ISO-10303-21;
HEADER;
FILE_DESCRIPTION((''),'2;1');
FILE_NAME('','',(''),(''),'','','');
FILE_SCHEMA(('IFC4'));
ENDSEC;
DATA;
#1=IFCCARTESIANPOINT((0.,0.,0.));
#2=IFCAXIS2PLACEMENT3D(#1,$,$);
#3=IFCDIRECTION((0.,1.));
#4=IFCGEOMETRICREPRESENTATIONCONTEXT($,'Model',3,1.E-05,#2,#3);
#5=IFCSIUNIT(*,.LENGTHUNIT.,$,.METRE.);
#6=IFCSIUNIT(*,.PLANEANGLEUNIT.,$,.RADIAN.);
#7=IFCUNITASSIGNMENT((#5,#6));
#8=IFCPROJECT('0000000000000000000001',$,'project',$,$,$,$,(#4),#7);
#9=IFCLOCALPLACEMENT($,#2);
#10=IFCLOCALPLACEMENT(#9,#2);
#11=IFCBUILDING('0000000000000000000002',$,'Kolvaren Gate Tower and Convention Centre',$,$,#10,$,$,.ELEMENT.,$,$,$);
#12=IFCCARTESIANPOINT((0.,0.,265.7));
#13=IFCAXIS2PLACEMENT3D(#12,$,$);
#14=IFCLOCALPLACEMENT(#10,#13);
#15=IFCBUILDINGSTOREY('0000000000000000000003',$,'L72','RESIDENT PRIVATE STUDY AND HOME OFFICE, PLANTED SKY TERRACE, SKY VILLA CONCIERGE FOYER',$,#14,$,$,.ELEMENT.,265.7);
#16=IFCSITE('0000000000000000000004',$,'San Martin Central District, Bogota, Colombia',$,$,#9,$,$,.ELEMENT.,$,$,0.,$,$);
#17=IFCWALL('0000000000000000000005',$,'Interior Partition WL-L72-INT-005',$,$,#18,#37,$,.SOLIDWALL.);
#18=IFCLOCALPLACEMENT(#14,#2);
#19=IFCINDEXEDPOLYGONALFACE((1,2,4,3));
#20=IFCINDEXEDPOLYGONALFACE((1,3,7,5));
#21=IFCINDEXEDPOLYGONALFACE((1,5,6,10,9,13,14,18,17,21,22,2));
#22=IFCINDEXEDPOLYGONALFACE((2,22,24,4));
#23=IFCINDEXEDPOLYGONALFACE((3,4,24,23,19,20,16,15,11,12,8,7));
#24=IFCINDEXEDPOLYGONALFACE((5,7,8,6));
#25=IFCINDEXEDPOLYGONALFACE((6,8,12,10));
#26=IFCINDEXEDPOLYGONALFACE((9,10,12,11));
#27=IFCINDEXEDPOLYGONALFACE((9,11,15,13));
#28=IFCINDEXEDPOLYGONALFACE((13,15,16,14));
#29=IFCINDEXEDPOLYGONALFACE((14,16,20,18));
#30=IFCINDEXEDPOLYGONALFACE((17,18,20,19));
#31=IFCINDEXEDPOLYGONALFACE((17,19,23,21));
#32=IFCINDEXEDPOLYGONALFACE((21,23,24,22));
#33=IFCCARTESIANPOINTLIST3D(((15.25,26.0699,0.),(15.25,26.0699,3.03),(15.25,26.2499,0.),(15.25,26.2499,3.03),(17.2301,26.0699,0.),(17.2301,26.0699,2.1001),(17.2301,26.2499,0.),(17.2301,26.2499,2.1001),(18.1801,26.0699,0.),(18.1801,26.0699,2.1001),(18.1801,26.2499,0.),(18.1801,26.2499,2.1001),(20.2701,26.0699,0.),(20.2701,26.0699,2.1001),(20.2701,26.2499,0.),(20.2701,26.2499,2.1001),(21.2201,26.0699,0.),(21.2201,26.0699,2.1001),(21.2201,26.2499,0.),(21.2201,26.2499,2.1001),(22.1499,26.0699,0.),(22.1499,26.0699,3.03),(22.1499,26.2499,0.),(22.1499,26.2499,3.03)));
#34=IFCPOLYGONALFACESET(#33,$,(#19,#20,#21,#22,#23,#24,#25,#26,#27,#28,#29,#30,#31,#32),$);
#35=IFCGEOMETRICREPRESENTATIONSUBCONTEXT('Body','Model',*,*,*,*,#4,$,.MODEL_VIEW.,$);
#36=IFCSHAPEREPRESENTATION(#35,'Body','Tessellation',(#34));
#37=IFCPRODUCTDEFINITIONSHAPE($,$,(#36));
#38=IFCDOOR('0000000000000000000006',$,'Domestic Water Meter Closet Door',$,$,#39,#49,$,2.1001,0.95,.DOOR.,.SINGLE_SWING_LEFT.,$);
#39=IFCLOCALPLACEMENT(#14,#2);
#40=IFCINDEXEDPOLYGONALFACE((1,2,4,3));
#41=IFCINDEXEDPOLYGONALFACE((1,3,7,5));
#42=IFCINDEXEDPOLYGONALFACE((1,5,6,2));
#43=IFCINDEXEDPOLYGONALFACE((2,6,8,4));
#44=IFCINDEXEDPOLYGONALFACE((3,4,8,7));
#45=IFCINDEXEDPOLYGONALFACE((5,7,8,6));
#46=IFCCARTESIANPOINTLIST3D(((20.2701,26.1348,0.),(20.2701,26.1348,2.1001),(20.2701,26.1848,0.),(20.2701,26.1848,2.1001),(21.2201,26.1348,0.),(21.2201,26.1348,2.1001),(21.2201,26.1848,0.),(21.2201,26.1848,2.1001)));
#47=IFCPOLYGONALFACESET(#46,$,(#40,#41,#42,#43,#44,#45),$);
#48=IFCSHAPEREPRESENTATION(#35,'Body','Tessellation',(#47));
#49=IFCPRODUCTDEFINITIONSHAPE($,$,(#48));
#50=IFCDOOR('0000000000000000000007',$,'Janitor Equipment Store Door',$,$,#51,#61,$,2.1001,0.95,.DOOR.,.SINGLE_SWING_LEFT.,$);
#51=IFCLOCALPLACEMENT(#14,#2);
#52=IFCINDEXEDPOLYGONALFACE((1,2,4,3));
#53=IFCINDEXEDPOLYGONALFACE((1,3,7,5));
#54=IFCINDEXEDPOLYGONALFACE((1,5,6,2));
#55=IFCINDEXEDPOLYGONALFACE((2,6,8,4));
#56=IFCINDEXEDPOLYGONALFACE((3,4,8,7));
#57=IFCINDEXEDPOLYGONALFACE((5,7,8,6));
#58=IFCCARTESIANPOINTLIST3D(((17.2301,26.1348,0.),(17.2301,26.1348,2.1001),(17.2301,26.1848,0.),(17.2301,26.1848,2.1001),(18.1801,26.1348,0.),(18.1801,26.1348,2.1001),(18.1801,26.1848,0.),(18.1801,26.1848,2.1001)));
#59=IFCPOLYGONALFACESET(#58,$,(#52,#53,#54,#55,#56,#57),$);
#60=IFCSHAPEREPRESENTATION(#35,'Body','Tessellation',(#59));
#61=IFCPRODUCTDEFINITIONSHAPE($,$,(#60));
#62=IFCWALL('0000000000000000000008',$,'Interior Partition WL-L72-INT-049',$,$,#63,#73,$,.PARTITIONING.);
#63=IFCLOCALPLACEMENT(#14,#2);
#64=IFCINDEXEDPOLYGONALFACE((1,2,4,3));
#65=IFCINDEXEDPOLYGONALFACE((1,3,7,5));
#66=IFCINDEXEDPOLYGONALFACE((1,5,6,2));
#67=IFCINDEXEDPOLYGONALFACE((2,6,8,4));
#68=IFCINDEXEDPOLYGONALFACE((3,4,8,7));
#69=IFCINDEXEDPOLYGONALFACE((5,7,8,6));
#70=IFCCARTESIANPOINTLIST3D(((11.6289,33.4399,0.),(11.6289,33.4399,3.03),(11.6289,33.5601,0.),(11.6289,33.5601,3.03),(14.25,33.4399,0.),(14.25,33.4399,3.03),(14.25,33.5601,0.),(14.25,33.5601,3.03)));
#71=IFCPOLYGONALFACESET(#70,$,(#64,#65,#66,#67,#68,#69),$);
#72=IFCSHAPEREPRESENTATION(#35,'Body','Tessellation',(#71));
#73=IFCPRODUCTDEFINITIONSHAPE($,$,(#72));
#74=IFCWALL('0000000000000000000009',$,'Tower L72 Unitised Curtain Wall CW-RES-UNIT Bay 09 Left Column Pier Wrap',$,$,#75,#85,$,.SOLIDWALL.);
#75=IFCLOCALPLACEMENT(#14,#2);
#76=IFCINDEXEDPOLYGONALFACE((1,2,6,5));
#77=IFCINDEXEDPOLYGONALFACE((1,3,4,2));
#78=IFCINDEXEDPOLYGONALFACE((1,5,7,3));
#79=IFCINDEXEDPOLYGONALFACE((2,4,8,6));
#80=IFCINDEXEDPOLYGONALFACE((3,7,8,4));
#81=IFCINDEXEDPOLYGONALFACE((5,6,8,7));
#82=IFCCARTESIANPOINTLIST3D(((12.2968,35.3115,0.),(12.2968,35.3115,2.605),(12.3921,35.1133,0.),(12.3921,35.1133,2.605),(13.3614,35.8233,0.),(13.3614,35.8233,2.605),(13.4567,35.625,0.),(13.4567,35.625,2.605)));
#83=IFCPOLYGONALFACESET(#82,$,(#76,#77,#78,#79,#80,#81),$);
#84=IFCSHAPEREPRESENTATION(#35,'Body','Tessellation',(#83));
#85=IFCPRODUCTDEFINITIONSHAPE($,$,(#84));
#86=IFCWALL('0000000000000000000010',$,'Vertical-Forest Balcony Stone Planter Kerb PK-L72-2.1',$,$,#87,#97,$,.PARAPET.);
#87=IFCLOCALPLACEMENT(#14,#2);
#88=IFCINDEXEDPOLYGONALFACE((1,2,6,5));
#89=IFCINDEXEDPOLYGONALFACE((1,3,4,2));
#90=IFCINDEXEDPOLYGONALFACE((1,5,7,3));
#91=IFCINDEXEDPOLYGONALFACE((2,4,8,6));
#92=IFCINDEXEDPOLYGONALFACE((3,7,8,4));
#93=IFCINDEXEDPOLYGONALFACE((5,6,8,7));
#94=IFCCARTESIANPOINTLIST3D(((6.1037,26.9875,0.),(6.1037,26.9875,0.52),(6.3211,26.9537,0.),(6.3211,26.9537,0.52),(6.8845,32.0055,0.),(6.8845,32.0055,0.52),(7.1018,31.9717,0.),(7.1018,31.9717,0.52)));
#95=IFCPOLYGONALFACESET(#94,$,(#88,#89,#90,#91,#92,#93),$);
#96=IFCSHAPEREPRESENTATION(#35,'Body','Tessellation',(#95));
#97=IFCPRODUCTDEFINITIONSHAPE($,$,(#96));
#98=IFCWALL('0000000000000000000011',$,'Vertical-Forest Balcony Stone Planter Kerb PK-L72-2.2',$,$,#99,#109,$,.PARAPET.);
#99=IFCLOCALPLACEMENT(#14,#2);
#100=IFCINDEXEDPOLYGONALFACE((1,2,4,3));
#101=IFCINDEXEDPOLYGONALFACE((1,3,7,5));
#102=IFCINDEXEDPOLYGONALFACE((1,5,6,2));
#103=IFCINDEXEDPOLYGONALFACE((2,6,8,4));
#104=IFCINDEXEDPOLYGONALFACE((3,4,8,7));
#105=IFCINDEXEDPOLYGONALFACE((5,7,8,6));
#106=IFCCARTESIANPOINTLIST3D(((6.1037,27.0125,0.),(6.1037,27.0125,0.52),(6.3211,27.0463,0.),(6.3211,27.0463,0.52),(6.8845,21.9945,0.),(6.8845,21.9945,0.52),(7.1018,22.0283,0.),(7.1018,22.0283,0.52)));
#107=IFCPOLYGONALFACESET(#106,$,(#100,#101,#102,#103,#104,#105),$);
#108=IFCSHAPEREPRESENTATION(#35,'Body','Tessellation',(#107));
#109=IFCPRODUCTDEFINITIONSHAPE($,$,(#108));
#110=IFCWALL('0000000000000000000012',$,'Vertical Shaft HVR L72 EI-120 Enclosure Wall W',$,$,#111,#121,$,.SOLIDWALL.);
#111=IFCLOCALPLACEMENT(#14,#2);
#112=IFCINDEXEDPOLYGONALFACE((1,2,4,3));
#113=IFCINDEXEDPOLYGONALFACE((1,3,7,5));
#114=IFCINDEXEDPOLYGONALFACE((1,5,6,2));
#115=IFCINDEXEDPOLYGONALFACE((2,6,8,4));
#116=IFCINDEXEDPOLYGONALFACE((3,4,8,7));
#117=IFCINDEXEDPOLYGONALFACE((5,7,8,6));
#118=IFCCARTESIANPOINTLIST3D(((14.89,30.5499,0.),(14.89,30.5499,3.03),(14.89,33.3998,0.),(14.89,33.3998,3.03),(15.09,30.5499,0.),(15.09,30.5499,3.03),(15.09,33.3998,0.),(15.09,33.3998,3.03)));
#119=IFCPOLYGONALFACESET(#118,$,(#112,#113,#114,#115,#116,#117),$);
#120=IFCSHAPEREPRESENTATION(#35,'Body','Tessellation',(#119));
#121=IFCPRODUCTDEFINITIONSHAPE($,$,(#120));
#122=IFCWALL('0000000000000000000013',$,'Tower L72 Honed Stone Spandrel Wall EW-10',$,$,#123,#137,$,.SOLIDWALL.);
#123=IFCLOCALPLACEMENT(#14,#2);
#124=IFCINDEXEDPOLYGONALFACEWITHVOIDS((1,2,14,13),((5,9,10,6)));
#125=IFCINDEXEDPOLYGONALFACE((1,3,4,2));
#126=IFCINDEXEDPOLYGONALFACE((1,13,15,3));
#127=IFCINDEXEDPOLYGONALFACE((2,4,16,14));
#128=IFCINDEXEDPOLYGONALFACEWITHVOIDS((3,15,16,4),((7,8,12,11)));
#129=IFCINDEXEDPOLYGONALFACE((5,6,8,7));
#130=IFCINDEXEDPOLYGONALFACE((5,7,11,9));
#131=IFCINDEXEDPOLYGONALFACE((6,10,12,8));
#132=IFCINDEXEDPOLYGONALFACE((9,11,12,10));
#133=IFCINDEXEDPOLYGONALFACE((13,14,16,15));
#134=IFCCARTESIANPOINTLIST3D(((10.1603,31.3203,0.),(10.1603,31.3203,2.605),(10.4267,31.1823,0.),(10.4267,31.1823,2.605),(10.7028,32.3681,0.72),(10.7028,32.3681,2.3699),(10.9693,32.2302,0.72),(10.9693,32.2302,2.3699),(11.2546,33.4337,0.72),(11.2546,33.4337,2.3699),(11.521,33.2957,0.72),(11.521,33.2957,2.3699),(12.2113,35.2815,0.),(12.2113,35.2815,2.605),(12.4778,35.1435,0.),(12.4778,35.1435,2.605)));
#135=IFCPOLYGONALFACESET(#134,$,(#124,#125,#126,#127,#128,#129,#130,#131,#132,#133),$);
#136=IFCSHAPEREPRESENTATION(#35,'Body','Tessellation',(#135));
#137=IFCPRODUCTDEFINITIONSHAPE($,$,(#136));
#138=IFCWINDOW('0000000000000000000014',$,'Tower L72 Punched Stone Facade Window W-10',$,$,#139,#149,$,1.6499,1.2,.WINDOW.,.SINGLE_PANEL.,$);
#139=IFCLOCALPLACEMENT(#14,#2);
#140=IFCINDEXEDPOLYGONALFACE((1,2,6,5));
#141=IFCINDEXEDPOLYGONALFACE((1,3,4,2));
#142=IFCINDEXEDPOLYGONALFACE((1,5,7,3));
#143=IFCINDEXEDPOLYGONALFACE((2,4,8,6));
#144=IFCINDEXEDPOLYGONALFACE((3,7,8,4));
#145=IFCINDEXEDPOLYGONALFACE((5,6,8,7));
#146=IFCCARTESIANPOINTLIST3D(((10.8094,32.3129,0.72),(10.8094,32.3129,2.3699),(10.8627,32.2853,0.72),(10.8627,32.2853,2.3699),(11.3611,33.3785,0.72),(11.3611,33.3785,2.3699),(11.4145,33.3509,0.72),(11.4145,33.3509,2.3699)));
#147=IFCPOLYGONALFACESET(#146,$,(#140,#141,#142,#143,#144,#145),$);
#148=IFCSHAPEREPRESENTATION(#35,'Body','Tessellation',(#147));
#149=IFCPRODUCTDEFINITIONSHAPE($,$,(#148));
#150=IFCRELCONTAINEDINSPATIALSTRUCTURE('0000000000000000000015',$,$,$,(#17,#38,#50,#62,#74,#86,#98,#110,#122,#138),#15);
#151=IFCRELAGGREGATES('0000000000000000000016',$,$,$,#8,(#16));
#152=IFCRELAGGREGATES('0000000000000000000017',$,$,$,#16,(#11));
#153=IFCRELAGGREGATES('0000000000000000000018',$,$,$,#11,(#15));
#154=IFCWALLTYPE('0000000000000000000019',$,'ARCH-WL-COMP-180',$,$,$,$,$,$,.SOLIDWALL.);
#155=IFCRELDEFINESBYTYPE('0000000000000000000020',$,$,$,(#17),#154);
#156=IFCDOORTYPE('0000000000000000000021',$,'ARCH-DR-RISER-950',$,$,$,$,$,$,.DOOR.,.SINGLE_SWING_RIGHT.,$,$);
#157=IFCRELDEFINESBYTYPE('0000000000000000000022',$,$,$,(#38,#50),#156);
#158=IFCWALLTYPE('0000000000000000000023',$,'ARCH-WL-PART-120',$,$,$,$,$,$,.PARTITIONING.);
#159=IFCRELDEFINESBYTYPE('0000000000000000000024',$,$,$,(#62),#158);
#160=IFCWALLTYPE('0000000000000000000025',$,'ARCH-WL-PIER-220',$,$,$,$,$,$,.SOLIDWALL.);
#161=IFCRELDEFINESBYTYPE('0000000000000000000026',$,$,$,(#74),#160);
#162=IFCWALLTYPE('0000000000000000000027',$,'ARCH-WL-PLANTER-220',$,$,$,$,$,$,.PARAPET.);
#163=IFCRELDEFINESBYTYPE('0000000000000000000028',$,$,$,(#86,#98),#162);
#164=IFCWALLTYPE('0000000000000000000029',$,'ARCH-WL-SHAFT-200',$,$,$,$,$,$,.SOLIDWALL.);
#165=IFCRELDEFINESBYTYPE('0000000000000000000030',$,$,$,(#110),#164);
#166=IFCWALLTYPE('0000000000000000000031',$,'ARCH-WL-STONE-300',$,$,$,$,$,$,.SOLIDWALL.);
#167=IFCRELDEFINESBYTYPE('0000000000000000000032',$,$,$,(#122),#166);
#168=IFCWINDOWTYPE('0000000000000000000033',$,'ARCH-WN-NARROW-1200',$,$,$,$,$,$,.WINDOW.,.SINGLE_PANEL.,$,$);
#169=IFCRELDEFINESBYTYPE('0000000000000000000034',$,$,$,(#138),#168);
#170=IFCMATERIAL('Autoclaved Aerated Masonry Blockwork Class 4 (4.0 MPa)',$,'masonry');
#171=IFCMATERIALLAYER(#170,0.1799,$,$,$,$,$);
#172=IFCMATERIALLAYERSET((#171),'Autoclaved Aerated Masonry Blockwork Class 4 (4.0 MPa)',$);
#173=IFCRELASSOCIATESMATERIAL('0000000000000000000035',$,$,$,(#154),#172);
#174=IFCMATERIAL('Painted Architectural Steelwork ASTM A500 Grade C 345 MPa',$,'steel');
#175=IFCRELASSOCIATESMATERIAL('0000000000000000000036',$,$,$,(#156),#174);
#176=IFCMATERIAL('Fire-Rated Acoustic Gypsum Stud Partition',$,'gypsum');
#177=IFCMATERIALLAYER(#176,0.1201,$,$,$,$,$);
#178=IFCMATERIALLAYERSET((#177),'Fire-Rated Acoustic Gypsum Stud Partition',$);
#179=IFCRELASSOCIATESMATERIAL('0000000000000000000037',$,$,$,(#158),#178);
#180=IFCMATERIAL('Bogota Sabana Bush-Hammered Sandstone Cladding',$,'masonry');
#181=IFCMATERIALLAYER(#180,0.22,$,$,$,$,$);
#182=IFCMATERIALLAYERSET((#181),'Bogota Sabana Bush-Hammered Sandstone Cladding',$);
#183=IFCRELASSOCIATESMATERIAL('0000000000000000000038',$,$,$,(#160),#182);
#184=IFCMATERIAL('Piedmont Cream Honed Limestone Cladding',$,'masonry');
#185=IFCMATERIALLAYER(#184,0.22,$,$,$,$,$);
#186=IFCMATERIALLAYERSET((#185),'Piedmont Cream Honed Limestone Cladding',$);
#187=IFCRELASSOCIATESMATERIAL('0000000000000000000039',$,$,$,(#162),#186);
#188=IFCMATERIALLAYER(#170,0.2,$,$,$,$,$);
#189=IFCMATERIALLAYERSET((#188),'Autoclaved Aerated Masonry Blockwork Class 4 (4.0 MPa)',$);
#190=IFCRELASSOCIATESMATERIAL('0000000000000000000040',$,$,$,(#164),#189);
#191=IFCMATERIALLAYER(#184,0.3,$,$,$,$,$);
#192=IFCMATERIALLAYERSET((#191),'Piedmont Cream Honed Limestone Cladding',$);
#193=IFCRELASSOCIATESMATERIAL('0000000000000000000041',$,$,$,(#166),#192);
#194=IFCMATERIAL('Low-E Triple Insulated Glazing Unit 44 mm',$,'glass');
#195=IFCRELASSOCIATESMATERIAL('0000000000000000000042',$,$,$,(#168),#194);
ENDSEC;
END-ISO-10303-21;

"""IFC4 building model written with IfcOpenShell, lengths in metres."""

from ifc_helpers import new_model, si_unit, direction, frame, frame_2d, origin, place, context, subcontext, project, spatial, rectangle, extrude, material, layer, layer_set, type_object, element, fill, save


model = new_model("IFC4")

# Units and contexts
model_context = context("Model", 3, precision=1e-05, world=origin(), true_north=direction((0.0, 1.0)))
body_context = subcontext(model_context, "Body", "Model", "MODEL_VIEW")
ifc_project = project(units=[si_unit("LENGTHUNIT", "METRE"), si_unit("PLANEANGLEUNIT", "RADIAN")], contexts=[model_context])

# Site, building, storey
site_placement = place(None, origin())
site = spatial("IfcSite", under=ifc_project, at=site_placement, Name="San Martin Central District, Bogota, Colombia", CompositionType="ELEMENT", RefElevation=0.0)
building_placement = place(site_placement, origin())
building = spatial("IfcBuilding", under=site, at=building_placement, Name="Kolvaren Gate Tower and Convention Centre", CompositionType="ELEMENT")
storey_placement = place(building_placement, frame((0.0, 0.0, 265.7)))
storey = spatial("IfcBuildingStorey", under=building, at=storey_placement, Name="L72", Description="RESIDENT PRIVATE STUDY AND HOME OFFICE, PLANTED SKY TERRACE, SKY VILLA CONCIERGE FOYER", CompositionType="ELEMENT", Elevation=265.7)

# Wall, openings, doors
ifc_material_1 = material(Name="Autoclaved Aerated Masonry Blockwork Class 4 (4.0 MPa)", Category="masonry")
ifc_layer_1 = layer(ifc_material_1, 0.1799)
ifc_layer_set_1 = layer_set([ifc_layer_1], Name="Autoclaved Aerated Masonry Blockwork Class 4 (4.0 MPa)")
wall_type_1 = type_object("IfcWallType", Name="ARCH-WL-COMP-180", PredefinedType="SOLIDWALL", material=ifc_layer_set_1)
wall_1_placement = place(storey_placement, frame((15.25, 26.1599, 0.0), z_axis=(0.0, 0.0, 1.0), x_axis=(1.0, 0.0, 0.0)))
wall_1 = element("IfcWall", 1, at=wall_1_placement, inside=storey, type_object=wall_type_1, Name="Interior Partition WL-L72-INT-005", PredefinedType="SOLIDWALL", context=body_context, shape_type="SweptSolid", body=[
    extrude(rectangle(XDim=6.8999, YDim=0.1799, at=frame_2d((3.45, 0.0))), origin(), (0.0, 0.0, 1.0), 3.03),
])
opening_1_placement = place(wall_1_placement, frame((5.02, 0.0, 0.0)))
opening_1 = element("IfcOpeningElement", 2, at=opening_1_placement, cuts=wall_1, PredefinedType="OPENING", context=body_context, shape_type="SweptSolid", body=[
    extrude(rectangle(XDim=0.95, YDim=2.1001, at=frame_2d((0.4751, 1.05))), frame((0.0, 0.0999, 0.0), z_axis=(0.0, -1.0, 0.0), x_axis=(1.0, 0.0, 0.0)), (0.0, 0.0, 1.0), 0.2),
])
opening_2_placement = place(wall_1_placement, frame((1.98, 0.0, 0.0)))
opening_2 = element("IfcOpeningElement", 3, at=opening_2_placement, cuts=wall_1, PredefinedType="OPENING", context=body_context, shape_type="SweptSolid", body=[
    extrude(rectangle(XDim=0.95, YDim=2.1001, at=frame_2d((0.4751, 1.05))), frame((0.0, 0.0999, 0.0), z_axis=(0.0, -1.0, 0.0), x_axis=(1.0, 0.0, 0.0)), (0.0, 0.0, 1.0), 0.2),
])
ifc_material_2 = material(Name="Painted Architectural Steelwork ASTM A500 Grade C 345 MPa", Category="steel")
door_type_1 = type_object("IfcDoorType", Name="ARCH-DR-RISER-950", OperationType="SINGLE_SWING_RIGHT", PredefinedType="DOOR", material=ifc_material_2)
door_1_placement = place(opening_1_placement, origin())
door_1 = element("IfcDoor", 4, at=door_1_placement, inside=storey, type_object=door_type_1, Name="Domestic Water Meter Closet Door", OperationType="SINGLE_SWING_LEFT", OverallHeight=2.1001, OverallWidth=0.95, PredefinedType="DOOR", context=body_context, shape_type="SweptSolid", body=[
    extrude(rectangle(XDim=0.95, YDim=2.1001, at=frame_2d((0.4751, 1.05))), frame((0.0, 0.0249, 0.0), z_axis=(0.0, -1.0, 0.0), x_axis=(1.0, 0.0, 0.0)), (0.0, 0.0, 1.0), 0.05),
])
fill(opening_1, door_1)
door_2_placement = place(opening_2_placement, origin())
door_2 = element("IfcDoor", 5, at=door_2_placement, inside=storey, type_object=door_type_1, Name="Janitor Equipment Store Door", OperationType="SINGLE_SWING_LEFT", OverallHeight=2.1001, OverallWidth=0.95, PredefinedType="DOOR", context=body_context, shape_type="SweptSolid", body=[
    extrude(rectangle(XDim=0.95, YDim=2.1001, at=frame_2d((0.4751, 1.05))), frame((0.0, 0.0249, 0.0), z_axis=(0.0, -1.0, 0.0), x_axis=(1.0, 0.0, 0.0)), (0.0, 0.0, 1.0), 0.05),
])
fill(opening_2, door_2)

# Walls
ifc_material_3 = material(Name="Fire-Rated Acoustic Gypsum Stud Partition", Category="gypsum")
ifc_layer_2 = layer(ifc_material_3, 0.1201)
ifc_layer_set_2 = layer_set([ifc_layer_2], Name="Fire-Rated Acoustic Gypsum Stud Partition")
wall_type_2 = type_object("IfcWallType", Name="ARCH-WL-PART-120", PredefinedType="PARTITIONING", material=ifc_layer_set_2)
wall_2_placement = place(storey_placement, frame((11.6289, 33.5, 0.0), z_axis=(0.0, 0.0, 1.0), x_axis=(1.0, 0.0, 0.0)))
element("IfcWall", 6, at=wall_2_placement, inside=storey, type_object=wall_type_2, Name="Interior Partition WL-L72-INT-049", PredefinedType="PARTITIONING", context=body_context, shape_type="SweptSolid", body=[
    extrude(rectangle(XDim=2.6211, YDim=0.1201, at=frame_2d((1.3105, 0.0))), origin(), (0.0, 0.0, 1.0), 3.03),
])
ifc_material_4 = material(Name="Bogota Sabana Bush-Hammered Sandstone Cladding", Category="masonry")
ifc_layer_3 = layer(ifc_material_4, 0.22)
ifc_layer_set_3 = layer_set([ifc_layer_3], Name="Bogota Sabana Bush-Hammered Sandstone Cladding")
wall_type_3 = type_object("IfcWallType", Name="ARCH-WL-PIER-220", PredefinedType="SOLIDWALL", material=ifc_layer_set_3)
wall_3_placement = place(storey_placement, frame((12.3445, 35.2124, 0.0), z_axis=(0.0, 0.0, 1.0), x_axis=(0.901265, 0.433269, 0.0)))
element("IfcWall", 7, at=wall_3_placement, inside=storey, type_object=wall_type_3, Name="Tower L72 Unitised Curtain Wall CW-RES-UNIT Bay 09 Left Column Pier Wrap", PredefinedType="SOLIDWALL", context=body_context, shape_type="SweptSolid", body=[
    extrude(rectangle(XDim=1.1812, YDim=0.22, at=frame_2d((0.5906, 0.0))), origin(), (0.0, 0.0, 1.0), 2.605),
])
ifc_material_5 = material(Name="Piedmont Cream Honed Limestone Cladding", Category="masonry")
ifc_layer_4 = layer(ifc_material_5, 0.22)
ifc_layer_set_4 = layer_set([ifc_layer_4], Name="Piedmont Cream Honed Limestone Cladding")
wall_type_4 = type_object("IfcWallType", Name="ARCH-WL-PLANTER-220", PredefinedType="PARAPET", material=ifc_layer_set_4)
for number, where, z_axis, x_axis, name in (
    (8, (6.2124, 26.9707, 0.0), (0.0, 0.0, 1.0), (0.15374, 0.988111, 0.0), "Vertical-Forest Balcony Stone Planter Kerb PK-L72-2.1"),
    (9, (6.2124, 27.0293, 0.0), (0.0, 0.0, 1.0), (0.15374, -0.988111, 0.0), "Vertical-Forest Balcony Stone Planter Kerb PK-L72-2.2"),
):
    element("IfcWall", number, at=place(storey_placement, frame(where, z_axis=z_axis, x_axis=x_axis)), inside=storey, type_object=wall_type_4, Name=name, PredefinedType="PARAPET", context=body_context, shape_type="SweptSolid", body=[
        extrude(rectangle(XDim=5.0784, YDim=0.22, at=frame_2d((2.5391, 0.0))), origin(), (0.0, 0.0, 1.0), 0.52),
    ])
ifc_layer_5 = layer(ifc_material_1, 0.2)
ifc_layer_set_5 = layer_set([ifc_layer_5], Name="Autoclaved Aerated Masonry Blockwork Class 4 (4.0 MPa)")
wall_type_5 = type_object("IfcWallType", Name="ARCH-WL-SHAFT-200", PredefinedType="SOLIDWALL", material=ifc_layer_set_5)
wall_4_placement = place(storey_placement, frame((14.99, 30.55, 0.0), z_axis=(0.0, 0.0, 1.0), x_axis=(0.0, 1.0, 0.0)))
element("IfcWall", 10, at=wall_4_placement, inside=storey, type_object=wall_type_5, Name="Vertical Shaft HVR L72 EI-120 Enclosure Wall W", PredefinedType="SOLIDWALL", context=body_context, shape_type="SweptSolid", body=[
    extrude(rectangle(XDim=2.8499, YDim=0.2, at=frame_2d((1.4248, 0.0))), origin(), (0.0, 0.0, 1.0), 3.03),
])

# Wall, opening, window
ifc_layer_6 = layer(ifc_material_5, 0.3)
ifc_layer_set_6 = layer_set([ifc_layer_6], Name="Piedmont Cream Honed Limestone Cladding")
wall_type_6 = type_object("IfcWallType", Name="ARCH-WL-STONE-300", PredefinedType="SOLIDWALL", material=ifc_layer_set_6)
wall_5_placement = place(storey_placement, frame((10.2935, 31.2512, 0.0), z_axis=(0.0, 0.0, 1.0), x_axis=(0.459801, 0.888022, 0.0)))
wall_5 = element("IfcWall", 11, at=wall_5_placement, inside=storey, type_object=wall_type_6, Name="Tower L72 Honed Stone Spandrel Wall EW-10", PredefinedType="SOLIDWALL", context=body_context, shape_type="SweptSolid", body=[
    extrude(rectangle(XDim=4.4607, YDim=0.3, at=frame_2d((2.2305, 0.0))), origin(), (0.0, 0.0, 1.0), 2.605),
])
opening_3_placement = place(wall_5_placement, frame((1.1799, 0.0, 0.72)))
opening_3 = element("IfcOpeningElement", 12, at=opening_3_placement, cuts=wall_5, PredefinedType="OPENING", context=body_context, shape_type="SweptSolid", body=[
    extrude(rectangle(XDim=1.2, YDim=1.6499, at=frame_2d((0.6001, 0.825))), frame((0.0, 0.1599, 0.0), z_axis=(0.0, -1.0, 0.0), x_axis=(1.0, 0.0, 0.0)), (0.0, 0.0, 1.0), 0.3201),
])
ifc_material_6 = material(Name="Low-E Triple Insulated Glazing Unit 44 mm", Category="glass")
window_type_1 = type_object("IfcWindowType", Name="ARCH-WN-NARROW-1200", PartitioningType="SINGLE_PANEL", PredefinedType="WINDOW", material=ifc_material_6)
window_1_placement = place(opening_3_placement, origin())
window_1 = element("IfcWindow", 13, at=window_1_placement, inside=storey, type_object=window_type_1, Name="Tower L72 Punched Stone Facade Window W-10", OverallHeight=1.6499, OverallWidth=1.2, PartitioningType="SINGLE_PANEL", PredefinedType="WINDOW", context=body_context, shape_type="SweptSolid", body=[
    extrude(rectangle(XDim=1.2, YDim=1.6499, at=frame_2d((0.6001, 0.825))), frame((0.0, 0.03, 0.0), z_axis=(0.0, -1.0, 0.0), x_axis=(1.0, 0.0, 0.0)), (0.0, 0.0, 1.0), 0.0601),
])
fill(opening_3, window_1)

save(model, "model.ifc")
